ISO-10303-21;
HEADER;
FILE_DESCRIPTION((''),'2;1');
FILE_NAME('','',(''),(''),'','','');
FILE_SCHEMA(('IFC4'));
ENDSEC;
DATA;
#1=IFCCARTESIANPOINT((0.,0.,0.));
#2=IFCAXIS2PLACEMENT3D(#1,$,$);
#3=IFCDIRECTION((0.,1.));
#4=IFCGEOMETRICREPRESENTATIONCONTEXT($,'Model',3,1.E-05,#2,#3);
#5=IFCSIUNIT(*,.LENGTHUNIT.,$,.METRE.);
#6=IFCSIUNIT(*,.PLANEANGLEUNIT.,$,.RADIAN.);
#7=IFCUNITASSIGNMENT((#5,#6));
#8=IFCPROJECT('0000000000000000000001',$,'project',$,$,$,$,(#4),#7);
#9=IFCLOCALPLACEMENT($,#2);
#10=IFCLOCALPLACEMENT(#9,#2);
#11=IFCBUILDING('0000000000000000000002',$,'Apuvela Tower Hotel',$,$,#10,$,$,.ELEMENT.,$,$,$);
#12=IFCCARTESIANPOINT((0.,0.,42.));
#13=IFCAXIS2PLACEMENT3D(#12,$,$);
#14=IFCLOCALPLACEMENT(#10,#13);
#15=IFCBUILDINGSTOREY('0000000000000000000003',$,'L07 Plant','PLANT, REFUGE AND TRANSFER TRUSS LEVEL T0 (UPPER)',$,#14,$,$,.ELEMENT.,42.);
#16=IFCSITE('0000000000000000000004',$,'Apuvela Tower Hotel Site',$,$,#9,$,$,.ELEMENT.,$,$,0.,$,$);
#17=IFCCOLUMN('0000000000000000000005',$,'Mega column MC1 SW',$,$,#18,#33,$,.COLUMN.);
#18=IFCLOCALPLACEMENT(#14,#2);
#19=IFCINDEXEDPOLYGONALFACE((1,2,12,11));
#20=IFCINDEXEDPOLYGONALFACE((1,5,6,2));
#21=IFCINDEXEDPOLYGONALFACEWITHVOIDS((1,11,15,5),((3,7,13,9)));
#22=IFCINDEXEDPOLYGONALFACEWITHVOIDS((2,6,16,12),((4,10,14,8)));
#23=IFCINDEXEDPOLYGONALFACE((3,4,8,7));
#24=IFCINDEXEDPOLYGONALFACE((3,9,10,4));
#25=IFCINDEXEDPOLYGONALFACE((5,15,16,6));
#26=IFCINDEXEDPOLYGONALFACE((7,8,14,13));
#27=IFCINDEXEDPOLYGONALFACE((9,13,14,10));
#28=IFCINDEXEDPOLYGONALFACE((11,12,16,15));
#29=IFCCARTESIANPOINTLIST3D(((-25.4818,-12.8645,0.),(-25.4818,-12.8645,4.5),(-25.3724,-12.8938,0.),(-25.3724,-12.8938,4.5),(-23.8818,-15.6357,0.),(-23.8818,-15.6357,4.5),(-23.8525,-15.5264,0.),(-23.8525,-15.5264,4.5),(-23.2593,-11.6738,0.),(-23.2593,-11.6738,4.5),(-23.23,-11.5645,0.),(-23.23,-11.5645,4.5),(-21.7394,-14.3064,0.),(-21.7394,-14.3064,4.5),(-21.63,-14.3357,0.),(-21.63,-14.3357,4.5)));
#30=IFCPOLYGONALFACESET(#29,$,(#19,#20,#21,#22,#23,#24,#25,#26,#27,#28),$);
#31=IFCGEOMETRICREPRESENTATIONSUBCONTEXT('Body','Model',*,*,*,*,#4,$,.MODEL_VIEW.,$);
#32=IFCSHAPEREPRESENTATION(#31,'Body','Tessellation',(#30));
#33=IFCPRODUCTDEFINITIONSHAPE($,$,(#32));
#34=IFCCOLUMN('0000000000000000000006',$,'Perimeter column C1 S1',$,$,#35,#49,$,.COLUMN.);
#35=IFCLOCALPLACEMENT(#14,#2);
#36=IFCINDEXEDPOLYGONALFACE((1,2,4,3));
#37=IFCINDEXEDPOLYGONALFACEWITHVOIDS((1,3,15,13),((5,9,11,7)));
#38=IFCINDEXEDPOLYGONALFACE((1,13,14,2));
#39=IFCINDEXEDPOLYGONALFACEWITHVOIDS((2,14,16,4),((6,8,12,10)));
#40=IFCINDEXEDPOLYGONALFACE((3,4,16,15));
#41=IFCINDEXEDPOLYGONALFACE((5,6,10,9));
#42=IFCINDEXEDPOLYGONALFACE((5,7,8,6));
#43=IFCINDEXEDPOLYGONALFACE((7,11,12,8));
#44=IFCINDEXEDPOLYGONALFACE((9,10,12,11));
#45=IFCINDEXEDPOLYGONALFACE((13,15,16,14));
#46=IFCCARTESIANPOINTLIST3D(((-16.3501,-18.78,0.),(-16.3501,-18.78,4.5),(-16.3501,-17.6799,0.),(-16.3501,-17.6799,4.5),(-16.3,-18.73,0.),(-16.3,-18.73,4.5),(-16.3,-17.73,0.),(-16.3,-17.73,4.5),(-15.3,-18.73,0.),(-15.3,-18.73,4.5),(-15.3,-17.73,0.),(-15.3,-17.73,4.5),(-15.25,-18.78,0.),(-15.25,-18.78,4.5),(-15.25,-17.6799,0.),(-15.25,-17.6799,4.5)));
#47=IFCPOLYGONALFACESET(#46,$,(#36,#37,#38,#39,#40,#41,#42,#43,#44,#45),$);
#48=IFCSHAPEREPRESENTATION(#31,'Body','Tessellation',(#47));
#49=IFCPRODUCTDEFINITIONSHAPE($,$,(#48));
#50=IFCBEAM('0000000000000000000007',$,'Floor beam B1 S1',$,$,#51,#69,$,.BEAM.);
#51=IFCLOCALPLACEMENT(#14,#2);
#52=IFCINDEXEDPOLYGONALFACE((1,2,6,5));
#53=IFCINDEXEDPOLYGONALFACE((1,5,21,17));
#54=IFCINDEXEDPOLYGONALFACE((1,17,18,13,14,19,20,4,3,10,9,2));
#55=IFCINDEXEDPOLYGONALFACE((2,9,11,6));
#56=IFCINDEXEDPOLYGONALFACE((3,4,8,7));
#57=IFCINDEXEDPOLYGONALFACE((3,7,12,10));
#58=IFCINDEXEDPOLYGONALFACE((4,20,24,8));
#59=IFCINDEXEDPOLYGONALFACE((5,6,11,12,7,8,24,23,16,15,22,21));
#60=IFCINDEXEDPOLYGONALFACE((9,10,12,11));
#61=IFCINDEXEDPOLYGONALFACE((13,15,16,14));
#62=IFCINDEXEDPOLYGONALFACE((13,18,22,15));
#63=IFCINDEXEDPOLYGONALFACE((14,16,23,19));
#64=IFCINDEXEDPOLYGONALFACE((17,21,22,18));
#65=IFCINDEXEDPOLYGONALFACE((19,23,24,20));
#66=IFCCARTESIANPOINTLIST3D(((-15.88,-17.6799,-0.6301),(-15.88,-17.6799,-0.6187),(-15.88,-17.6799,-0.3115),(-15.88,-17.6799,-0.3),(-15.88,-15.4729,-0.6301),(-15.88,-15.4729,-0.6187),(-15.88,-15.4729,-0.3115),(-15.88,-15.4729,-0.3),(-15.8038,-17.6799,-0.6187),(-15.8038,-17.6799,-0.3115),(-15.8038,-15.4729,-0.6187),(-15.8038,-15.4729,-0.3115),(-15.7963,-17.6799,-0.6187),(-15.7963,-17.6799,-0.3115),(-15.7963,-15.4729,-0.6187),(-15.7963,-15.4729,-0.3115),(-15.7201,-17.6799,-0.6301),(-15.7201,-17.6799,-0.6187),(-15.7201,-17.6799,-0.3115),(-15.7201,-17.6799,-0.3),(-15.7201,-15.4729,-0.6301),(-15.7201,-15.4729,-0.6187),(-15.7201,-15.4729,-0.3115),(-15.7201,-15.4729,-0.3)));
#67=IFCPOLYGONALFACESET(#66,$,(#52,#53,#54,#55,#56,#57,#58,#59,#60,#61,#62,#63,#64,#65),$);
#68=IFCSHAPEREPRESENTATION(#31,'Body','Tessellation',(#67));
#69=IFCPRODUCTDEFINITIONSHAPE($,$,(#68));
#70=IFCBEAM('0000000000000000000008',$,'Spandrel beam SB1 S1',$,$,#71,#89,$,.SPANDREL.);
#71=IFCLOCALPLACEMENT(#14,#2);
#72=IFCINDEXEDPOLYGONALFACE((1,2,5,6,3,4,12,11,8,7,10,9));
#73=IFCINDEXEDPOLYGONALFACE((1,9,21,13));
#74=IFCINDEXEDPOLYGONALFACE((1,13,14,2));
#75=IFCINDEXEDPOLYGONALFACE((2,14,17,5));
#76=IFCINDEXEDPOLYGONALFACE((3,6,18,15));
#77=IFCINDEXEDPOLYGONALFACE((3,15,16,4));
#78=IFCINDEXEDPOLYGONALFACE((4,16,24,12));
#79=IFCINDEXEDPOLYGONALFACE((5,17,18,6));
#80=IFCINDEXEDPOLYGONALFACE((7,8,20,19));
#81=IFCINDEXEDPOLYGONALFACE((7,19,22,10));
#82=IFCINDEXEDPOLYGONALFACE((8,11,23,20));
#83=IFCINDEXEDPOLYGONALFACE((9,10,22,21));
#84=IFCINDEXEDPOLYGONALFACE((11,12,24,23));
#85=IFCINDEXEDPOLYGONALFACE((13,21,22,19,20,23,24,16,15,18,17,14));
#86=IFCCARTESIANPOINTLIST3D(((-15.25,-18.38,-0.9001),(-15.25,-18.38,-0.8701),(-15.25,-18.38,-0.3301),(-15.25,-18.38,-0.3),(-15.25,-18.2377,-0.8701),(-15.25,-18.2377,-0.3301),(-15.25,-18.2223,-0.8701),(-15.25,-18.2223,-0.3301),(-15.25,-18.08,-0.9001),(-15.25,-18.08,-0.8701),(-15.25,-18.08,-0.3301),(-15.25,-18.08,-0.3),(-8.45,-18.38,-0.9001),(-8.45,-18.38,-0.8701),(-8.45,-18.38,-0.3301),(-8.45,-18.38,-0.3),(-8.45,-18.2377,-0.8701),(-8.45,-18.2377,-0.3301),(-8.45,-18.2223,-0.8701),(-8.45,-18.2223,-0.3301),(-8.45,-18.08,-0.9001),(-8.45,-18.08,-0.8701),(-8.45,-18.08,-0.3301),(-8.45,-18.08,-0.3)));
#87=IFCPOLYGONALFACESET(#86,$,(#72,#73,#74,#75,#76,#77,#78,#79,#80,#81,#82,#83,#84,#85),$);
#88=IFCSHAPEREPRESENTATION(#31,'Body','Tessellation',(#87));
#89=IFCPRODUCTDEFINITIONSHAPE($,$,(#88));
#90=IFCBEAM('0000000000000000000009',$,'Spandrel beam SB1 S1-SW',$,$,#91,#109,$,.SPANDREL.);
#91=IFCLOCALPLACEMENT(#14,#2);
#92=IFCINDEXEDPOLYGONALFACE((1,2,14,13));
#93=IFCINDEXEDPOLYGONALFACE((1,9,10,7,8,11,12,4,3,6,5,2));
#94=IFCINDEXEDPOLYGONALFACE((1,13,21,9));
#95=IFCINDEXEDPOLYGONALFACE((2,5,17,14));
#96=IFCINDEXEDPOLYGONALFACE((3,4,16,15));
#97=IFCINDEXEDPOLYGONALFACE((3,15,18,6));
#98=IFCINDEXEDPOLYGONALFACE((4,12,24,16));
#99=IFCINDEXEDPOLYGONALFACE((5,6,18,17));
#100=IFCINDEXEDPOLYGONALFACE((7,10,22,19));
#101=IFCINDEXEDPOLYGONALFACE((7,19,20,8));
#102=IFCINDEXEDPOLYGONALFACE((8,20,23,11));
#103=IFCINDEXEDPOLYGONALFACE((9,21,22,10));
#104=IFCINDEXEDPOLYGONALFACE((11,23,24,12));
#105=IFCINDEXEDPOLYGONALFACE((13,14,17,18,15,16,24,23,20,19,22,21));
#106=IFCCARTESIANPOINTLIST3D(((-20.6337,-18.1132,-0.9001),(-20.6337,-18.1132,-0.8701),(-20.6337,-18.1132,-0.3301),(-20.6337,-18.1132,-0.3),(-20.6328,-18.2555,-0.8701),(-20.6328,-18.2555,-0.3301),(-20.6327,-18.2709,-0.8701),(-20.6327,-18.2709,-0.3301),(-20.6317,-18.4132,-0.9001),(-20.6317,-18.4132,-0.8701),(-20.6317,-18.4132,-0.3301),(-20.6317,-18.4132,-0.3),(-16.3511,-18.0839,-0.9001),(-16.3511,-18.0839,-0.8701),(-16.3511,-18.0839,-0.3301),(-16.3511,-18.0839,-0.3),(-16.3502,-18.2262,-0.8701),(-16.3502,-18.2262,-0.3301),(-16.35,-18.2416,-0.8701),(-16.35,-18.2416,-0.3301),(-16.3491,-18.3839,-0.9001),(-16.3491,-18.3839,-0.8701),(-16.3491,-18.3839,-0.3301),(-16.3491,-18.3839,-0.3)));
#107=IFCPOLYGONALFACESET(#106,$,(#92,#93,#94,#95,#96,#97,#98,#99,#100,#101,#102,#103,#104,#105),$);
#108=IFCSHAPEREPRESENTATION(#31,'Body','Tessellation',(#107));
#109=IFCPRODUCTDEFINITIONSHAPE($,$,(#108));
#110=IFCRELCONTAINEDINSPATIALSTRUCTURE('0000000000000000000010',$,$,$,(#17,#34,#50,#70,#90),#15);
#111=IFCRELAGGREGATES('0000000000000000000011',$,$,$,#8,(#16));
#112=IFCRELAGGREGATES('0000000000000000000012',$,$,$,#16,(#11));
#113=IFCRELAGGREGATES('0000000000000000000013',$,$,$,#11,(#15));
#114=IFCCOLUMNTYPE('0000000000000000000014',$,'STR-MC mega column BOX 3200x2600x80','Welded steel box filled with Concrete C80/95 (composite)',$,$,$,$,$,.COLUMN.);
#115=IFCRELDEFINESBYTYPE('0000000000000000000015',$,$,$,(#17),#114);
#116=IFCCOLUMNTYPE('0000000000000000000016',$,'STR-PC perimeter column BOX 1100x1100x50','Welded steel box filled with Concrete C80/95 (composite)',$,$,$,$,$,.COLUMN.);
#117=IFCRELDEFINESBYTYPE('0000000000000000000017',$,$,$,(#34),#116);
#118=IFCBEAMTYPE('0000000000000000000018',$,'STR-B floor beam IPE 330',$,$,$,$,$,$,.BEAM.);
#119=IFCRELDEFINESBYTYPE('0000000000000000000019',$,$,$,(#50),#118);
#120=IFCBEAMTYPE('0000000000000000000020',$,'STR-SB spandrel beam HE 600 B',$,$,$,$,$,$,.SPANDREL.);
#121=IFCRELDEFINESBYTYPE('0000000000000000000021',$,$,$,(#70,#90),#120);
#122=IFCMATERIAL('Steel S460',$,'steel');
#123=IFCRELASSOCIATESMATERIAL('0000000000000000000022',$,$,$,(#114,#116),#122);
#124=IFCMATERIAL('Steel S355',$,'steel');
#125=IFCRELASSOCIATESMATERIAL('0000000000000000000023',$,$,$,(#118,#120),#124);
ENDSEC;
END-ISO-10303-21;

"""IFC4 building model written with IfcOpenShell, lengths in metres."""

from ifc_helpers import new_model, si_unit, direction, frame, origin, origin_2d, place, context, subcontext, project, spatial, rectangle, hollow_rectangle, i_section, extrude, material, material_profile, profile_set, type_object, element, save


model = new_model("IFC4")

# Units and contexts
model_context = context("Model", 3, precision=1e-05, world=origin(), true_north=direction((0.0, 1.0)))
body_context = subcontext(model_context, "Body", "Model", "MODEL_VIEW")
ifc_project = project(units=[si_unit("LENGTHUNIT", "METRE"), si_unit("PLANEANGLEUNIT", "RADIAN")], contexts=[model_context])

# Site, building, storey
site_placement = place(None, origin())
site = spatial("IfcSite", under=ifc_project, at=site_placement, Name="Apuvela Tower Hotel Site", CompositionType="ELEMENT", RefElevation=0.0)
building_placement = place(site_placement, origin())
building = spatial("IfcBuilding", under=site, at=building_placement, Name="Apuvela Tower Hotel", CompositionType="ELEMENT")
storey_placement = place(building_placement, frame((0.0, 0.0, 42.0)))
storey = spatial("IfcBuildingStorey", under=building, at=storey_placement, Name="L07 Plant", Description="PLANT, REFUGE AND TRANSFER TRUSS LEVEL T0 (UPPER)", CompositionType="ELEMENT", Elevation=42.0)

# Columns
ifc_material_1 = material(Name="Steel S460", Category="steel")
ifc_material_profile_1 = material_profile(ifc_material_1, hollow_rectangle(XDim=3.2, YDim=2.6001, WallThickness=0.0801, at=origin_2d()), Name="BOX 3200x2600x80")
ifc_material_2 = material(Name="Concrete C80/95", Category="concrete")
ifc_material_profile_2 = material_profile(ifc_material_2, rectangle(XDim=3.04, YDim=2.4399, at=origin_2d()), Name="Concrete C80/95 infill")
ifc_profile_set_1 = profile_set([ifc_material_profile_1, ifc_material_profile_2], Name="Steel S460")
column_type_1 = type_object("IfcColumnType", Name="STR-MC mega column BOX 3200x2600x80", Description="Welded steel box filled with Concrete C80/95 (composite)", PredefinedType="COLUMN", material=ifc_profile_set_1)
column_1_placement = place(storey_placement, frame((-23.5559, -13.6001, 0.0), z_axis=(0.0, 0.0, 1.0), x_axis=(-0.5, 0.866025, 0.0)))
element("IfcColumn", 1, at=column_1_placement, inside=storey, type_object=column_type_1, Name="Mega column MC1 SW", PredefinedType="COLUMN", context=body_context, shape_type="SweptSolid", body=[
    extrude(hollow_rectangle(XDim=3.2, YDim=2.6001, WallThickness=0.0801, at=origin_2d()), origin(), (0.0, 0.0, 1.0), 4.5),
])
ifc_material_profile_3 = material_profile(ifc_material_1, hollow_rectangle(XDim=1.1001, YDim=1.1001, WallThickness=0.05, at=origin_2d()), Name="BOX 1100x1100x50")
ifc_material_profile_4 = material_profile(ifc_material_2, rectangle(XDim=1.0, YDim=1.0, at=origin_2d()), Name="Concrete C80/95 infill")
ifc_profile_set_2 = profile_set([ifc_material_profile_3, ifc_material_profile_4], Name="Steel S460")
column_type_2 = type_object("IfcColumnType", Name="STR-PC perimeter column BOX 1100x1100x50", Description="Welded steel box filled with Concrete C80/95 (composite)", PredefinedType="COLUMN", material=ifc_profile_set_2)
column_2_placement = place(storey_placement, frame((-15.8, -18.23, 0.0), z_axis=(0.0, 0.0, 1.0), x_axis=(-1.0, 0.0, 0.0)))
element("IfcColumn", 2, at=column_2_placement, inside=storey, type_object=column_type_2, Name="Perimeter column C1 S1", PredefinedType="COLUMN", context=body_context, shape_type="SweptSolid", body=[
    extrude(hollow_rectangle(XDim=1.1001, YDim=1.1001, WallThickness=0.05, at=origin_2d()), origin(), (0.0, 0.0, 1.0), 4.5),
])

# Beams
ifc_material_3 = material(Name="Steel S355", Category="steel")
ifc_material_profile_5 = material_profile(ifc_material_3, i_section(OverallWidth=0.1599, OverallDepth=0.3301, WebThickness=0.0076, FlangeThickness=0.0115, at=origin_2d()), Name="IPE 330")
ifc_profile_set_3 = profile_set([ifc_material_profile_5], Name="Steel S355")
beam_type_1 = type_object("IfcBeamType", Name="STR-B floor beam IPE 330", PredefinedType="BEAM", material=ifc_profile_set_3)
beam_1_placement = place(storey_placement, frame((-15.8, -17.6799, -0.4651), z_axis=(0.0, 1.0, 0.0), x_axis=(-1.0, 0.0, 0.0)))
element("IfcBeam", 3, at=beam_1_placement, inside=storey, type_object=beam_type_1, Name="Floor beam B1 S1", PredefinedType="BEAM", context=body_context, shape_type="SweptSolid", body=[
    extrude(i_section(OverallWidth=0.1599, OverallDepth=0.3301, WebThickness=0.0076, FlangeThickness=0.0115, at=origin_2d()), origin(), (0.0, 0.0, 1.0), 2.207),
])
ifc_material_profile_6 = material_profile(ifc_material_3, i_section(OverallWidth=0.3, OverallDepth=0.6001, WebThickness=0.0154, FlangeThickness=0.03, at=origin_2d()), Name="HE 600 B")
ifc_profile_set_4 = profile_set([ifc_material_profile_6], Name="Steel S355")
beam_type_2 = type_object("IfcBeamType", Name="STR-SB spandrel beam HE 600 B", PredefinedType="SPANDREL", material=ifc_profile_set_4)
beam_2_placement = place(storey_placement, frame((-15.25, -18.23, -0.6001), z_axis=(1.0, 0.0, 0.0), x_axis=(0.0, 1.0, 0.0)))
element("IfcBeam", 4, at=beam_2_placement, inside=storey, type_object=beam_type_2, Name="Spandrel beam SB1 S1", PredefinedType="SPANDREL", context=body_context, shape_type="SweptSolid", body=[
    extrude(i_section(OverallWidth=0.3, OverallDepth=0.6001, WebThickness=0.0154, FlangeThickness=0.03, at=origin_2d()), origin(), (0.0, 0.0, 1.0), 6.8),
])
beam_3_placement = place(storey_placement, frame((-16.3501, -18.2339, -0.6001), z_axis=(-0.999977, -0.006841, 0.0), x_axis=(0.006841, -0.999977, 0.0)))
element("IfcBeam", 5, at=beam_3_placement, inside=storey, type_object=beam_type_2, Name="Spandrel beam SB1 S1-SW", PredefinedType="SPANDREL", context=body_context, shape_type="SweptSolid", body=[
    extrude(i_section(OverallWidth=0.3, OverallDepth=0.6001, WebThickness=0.0154, FlangeThickness=0.03, at=origin_2d()), origin(), (0.0, 0.0, 1.0), 4.2827),
])

save(model, "model.ifc")
